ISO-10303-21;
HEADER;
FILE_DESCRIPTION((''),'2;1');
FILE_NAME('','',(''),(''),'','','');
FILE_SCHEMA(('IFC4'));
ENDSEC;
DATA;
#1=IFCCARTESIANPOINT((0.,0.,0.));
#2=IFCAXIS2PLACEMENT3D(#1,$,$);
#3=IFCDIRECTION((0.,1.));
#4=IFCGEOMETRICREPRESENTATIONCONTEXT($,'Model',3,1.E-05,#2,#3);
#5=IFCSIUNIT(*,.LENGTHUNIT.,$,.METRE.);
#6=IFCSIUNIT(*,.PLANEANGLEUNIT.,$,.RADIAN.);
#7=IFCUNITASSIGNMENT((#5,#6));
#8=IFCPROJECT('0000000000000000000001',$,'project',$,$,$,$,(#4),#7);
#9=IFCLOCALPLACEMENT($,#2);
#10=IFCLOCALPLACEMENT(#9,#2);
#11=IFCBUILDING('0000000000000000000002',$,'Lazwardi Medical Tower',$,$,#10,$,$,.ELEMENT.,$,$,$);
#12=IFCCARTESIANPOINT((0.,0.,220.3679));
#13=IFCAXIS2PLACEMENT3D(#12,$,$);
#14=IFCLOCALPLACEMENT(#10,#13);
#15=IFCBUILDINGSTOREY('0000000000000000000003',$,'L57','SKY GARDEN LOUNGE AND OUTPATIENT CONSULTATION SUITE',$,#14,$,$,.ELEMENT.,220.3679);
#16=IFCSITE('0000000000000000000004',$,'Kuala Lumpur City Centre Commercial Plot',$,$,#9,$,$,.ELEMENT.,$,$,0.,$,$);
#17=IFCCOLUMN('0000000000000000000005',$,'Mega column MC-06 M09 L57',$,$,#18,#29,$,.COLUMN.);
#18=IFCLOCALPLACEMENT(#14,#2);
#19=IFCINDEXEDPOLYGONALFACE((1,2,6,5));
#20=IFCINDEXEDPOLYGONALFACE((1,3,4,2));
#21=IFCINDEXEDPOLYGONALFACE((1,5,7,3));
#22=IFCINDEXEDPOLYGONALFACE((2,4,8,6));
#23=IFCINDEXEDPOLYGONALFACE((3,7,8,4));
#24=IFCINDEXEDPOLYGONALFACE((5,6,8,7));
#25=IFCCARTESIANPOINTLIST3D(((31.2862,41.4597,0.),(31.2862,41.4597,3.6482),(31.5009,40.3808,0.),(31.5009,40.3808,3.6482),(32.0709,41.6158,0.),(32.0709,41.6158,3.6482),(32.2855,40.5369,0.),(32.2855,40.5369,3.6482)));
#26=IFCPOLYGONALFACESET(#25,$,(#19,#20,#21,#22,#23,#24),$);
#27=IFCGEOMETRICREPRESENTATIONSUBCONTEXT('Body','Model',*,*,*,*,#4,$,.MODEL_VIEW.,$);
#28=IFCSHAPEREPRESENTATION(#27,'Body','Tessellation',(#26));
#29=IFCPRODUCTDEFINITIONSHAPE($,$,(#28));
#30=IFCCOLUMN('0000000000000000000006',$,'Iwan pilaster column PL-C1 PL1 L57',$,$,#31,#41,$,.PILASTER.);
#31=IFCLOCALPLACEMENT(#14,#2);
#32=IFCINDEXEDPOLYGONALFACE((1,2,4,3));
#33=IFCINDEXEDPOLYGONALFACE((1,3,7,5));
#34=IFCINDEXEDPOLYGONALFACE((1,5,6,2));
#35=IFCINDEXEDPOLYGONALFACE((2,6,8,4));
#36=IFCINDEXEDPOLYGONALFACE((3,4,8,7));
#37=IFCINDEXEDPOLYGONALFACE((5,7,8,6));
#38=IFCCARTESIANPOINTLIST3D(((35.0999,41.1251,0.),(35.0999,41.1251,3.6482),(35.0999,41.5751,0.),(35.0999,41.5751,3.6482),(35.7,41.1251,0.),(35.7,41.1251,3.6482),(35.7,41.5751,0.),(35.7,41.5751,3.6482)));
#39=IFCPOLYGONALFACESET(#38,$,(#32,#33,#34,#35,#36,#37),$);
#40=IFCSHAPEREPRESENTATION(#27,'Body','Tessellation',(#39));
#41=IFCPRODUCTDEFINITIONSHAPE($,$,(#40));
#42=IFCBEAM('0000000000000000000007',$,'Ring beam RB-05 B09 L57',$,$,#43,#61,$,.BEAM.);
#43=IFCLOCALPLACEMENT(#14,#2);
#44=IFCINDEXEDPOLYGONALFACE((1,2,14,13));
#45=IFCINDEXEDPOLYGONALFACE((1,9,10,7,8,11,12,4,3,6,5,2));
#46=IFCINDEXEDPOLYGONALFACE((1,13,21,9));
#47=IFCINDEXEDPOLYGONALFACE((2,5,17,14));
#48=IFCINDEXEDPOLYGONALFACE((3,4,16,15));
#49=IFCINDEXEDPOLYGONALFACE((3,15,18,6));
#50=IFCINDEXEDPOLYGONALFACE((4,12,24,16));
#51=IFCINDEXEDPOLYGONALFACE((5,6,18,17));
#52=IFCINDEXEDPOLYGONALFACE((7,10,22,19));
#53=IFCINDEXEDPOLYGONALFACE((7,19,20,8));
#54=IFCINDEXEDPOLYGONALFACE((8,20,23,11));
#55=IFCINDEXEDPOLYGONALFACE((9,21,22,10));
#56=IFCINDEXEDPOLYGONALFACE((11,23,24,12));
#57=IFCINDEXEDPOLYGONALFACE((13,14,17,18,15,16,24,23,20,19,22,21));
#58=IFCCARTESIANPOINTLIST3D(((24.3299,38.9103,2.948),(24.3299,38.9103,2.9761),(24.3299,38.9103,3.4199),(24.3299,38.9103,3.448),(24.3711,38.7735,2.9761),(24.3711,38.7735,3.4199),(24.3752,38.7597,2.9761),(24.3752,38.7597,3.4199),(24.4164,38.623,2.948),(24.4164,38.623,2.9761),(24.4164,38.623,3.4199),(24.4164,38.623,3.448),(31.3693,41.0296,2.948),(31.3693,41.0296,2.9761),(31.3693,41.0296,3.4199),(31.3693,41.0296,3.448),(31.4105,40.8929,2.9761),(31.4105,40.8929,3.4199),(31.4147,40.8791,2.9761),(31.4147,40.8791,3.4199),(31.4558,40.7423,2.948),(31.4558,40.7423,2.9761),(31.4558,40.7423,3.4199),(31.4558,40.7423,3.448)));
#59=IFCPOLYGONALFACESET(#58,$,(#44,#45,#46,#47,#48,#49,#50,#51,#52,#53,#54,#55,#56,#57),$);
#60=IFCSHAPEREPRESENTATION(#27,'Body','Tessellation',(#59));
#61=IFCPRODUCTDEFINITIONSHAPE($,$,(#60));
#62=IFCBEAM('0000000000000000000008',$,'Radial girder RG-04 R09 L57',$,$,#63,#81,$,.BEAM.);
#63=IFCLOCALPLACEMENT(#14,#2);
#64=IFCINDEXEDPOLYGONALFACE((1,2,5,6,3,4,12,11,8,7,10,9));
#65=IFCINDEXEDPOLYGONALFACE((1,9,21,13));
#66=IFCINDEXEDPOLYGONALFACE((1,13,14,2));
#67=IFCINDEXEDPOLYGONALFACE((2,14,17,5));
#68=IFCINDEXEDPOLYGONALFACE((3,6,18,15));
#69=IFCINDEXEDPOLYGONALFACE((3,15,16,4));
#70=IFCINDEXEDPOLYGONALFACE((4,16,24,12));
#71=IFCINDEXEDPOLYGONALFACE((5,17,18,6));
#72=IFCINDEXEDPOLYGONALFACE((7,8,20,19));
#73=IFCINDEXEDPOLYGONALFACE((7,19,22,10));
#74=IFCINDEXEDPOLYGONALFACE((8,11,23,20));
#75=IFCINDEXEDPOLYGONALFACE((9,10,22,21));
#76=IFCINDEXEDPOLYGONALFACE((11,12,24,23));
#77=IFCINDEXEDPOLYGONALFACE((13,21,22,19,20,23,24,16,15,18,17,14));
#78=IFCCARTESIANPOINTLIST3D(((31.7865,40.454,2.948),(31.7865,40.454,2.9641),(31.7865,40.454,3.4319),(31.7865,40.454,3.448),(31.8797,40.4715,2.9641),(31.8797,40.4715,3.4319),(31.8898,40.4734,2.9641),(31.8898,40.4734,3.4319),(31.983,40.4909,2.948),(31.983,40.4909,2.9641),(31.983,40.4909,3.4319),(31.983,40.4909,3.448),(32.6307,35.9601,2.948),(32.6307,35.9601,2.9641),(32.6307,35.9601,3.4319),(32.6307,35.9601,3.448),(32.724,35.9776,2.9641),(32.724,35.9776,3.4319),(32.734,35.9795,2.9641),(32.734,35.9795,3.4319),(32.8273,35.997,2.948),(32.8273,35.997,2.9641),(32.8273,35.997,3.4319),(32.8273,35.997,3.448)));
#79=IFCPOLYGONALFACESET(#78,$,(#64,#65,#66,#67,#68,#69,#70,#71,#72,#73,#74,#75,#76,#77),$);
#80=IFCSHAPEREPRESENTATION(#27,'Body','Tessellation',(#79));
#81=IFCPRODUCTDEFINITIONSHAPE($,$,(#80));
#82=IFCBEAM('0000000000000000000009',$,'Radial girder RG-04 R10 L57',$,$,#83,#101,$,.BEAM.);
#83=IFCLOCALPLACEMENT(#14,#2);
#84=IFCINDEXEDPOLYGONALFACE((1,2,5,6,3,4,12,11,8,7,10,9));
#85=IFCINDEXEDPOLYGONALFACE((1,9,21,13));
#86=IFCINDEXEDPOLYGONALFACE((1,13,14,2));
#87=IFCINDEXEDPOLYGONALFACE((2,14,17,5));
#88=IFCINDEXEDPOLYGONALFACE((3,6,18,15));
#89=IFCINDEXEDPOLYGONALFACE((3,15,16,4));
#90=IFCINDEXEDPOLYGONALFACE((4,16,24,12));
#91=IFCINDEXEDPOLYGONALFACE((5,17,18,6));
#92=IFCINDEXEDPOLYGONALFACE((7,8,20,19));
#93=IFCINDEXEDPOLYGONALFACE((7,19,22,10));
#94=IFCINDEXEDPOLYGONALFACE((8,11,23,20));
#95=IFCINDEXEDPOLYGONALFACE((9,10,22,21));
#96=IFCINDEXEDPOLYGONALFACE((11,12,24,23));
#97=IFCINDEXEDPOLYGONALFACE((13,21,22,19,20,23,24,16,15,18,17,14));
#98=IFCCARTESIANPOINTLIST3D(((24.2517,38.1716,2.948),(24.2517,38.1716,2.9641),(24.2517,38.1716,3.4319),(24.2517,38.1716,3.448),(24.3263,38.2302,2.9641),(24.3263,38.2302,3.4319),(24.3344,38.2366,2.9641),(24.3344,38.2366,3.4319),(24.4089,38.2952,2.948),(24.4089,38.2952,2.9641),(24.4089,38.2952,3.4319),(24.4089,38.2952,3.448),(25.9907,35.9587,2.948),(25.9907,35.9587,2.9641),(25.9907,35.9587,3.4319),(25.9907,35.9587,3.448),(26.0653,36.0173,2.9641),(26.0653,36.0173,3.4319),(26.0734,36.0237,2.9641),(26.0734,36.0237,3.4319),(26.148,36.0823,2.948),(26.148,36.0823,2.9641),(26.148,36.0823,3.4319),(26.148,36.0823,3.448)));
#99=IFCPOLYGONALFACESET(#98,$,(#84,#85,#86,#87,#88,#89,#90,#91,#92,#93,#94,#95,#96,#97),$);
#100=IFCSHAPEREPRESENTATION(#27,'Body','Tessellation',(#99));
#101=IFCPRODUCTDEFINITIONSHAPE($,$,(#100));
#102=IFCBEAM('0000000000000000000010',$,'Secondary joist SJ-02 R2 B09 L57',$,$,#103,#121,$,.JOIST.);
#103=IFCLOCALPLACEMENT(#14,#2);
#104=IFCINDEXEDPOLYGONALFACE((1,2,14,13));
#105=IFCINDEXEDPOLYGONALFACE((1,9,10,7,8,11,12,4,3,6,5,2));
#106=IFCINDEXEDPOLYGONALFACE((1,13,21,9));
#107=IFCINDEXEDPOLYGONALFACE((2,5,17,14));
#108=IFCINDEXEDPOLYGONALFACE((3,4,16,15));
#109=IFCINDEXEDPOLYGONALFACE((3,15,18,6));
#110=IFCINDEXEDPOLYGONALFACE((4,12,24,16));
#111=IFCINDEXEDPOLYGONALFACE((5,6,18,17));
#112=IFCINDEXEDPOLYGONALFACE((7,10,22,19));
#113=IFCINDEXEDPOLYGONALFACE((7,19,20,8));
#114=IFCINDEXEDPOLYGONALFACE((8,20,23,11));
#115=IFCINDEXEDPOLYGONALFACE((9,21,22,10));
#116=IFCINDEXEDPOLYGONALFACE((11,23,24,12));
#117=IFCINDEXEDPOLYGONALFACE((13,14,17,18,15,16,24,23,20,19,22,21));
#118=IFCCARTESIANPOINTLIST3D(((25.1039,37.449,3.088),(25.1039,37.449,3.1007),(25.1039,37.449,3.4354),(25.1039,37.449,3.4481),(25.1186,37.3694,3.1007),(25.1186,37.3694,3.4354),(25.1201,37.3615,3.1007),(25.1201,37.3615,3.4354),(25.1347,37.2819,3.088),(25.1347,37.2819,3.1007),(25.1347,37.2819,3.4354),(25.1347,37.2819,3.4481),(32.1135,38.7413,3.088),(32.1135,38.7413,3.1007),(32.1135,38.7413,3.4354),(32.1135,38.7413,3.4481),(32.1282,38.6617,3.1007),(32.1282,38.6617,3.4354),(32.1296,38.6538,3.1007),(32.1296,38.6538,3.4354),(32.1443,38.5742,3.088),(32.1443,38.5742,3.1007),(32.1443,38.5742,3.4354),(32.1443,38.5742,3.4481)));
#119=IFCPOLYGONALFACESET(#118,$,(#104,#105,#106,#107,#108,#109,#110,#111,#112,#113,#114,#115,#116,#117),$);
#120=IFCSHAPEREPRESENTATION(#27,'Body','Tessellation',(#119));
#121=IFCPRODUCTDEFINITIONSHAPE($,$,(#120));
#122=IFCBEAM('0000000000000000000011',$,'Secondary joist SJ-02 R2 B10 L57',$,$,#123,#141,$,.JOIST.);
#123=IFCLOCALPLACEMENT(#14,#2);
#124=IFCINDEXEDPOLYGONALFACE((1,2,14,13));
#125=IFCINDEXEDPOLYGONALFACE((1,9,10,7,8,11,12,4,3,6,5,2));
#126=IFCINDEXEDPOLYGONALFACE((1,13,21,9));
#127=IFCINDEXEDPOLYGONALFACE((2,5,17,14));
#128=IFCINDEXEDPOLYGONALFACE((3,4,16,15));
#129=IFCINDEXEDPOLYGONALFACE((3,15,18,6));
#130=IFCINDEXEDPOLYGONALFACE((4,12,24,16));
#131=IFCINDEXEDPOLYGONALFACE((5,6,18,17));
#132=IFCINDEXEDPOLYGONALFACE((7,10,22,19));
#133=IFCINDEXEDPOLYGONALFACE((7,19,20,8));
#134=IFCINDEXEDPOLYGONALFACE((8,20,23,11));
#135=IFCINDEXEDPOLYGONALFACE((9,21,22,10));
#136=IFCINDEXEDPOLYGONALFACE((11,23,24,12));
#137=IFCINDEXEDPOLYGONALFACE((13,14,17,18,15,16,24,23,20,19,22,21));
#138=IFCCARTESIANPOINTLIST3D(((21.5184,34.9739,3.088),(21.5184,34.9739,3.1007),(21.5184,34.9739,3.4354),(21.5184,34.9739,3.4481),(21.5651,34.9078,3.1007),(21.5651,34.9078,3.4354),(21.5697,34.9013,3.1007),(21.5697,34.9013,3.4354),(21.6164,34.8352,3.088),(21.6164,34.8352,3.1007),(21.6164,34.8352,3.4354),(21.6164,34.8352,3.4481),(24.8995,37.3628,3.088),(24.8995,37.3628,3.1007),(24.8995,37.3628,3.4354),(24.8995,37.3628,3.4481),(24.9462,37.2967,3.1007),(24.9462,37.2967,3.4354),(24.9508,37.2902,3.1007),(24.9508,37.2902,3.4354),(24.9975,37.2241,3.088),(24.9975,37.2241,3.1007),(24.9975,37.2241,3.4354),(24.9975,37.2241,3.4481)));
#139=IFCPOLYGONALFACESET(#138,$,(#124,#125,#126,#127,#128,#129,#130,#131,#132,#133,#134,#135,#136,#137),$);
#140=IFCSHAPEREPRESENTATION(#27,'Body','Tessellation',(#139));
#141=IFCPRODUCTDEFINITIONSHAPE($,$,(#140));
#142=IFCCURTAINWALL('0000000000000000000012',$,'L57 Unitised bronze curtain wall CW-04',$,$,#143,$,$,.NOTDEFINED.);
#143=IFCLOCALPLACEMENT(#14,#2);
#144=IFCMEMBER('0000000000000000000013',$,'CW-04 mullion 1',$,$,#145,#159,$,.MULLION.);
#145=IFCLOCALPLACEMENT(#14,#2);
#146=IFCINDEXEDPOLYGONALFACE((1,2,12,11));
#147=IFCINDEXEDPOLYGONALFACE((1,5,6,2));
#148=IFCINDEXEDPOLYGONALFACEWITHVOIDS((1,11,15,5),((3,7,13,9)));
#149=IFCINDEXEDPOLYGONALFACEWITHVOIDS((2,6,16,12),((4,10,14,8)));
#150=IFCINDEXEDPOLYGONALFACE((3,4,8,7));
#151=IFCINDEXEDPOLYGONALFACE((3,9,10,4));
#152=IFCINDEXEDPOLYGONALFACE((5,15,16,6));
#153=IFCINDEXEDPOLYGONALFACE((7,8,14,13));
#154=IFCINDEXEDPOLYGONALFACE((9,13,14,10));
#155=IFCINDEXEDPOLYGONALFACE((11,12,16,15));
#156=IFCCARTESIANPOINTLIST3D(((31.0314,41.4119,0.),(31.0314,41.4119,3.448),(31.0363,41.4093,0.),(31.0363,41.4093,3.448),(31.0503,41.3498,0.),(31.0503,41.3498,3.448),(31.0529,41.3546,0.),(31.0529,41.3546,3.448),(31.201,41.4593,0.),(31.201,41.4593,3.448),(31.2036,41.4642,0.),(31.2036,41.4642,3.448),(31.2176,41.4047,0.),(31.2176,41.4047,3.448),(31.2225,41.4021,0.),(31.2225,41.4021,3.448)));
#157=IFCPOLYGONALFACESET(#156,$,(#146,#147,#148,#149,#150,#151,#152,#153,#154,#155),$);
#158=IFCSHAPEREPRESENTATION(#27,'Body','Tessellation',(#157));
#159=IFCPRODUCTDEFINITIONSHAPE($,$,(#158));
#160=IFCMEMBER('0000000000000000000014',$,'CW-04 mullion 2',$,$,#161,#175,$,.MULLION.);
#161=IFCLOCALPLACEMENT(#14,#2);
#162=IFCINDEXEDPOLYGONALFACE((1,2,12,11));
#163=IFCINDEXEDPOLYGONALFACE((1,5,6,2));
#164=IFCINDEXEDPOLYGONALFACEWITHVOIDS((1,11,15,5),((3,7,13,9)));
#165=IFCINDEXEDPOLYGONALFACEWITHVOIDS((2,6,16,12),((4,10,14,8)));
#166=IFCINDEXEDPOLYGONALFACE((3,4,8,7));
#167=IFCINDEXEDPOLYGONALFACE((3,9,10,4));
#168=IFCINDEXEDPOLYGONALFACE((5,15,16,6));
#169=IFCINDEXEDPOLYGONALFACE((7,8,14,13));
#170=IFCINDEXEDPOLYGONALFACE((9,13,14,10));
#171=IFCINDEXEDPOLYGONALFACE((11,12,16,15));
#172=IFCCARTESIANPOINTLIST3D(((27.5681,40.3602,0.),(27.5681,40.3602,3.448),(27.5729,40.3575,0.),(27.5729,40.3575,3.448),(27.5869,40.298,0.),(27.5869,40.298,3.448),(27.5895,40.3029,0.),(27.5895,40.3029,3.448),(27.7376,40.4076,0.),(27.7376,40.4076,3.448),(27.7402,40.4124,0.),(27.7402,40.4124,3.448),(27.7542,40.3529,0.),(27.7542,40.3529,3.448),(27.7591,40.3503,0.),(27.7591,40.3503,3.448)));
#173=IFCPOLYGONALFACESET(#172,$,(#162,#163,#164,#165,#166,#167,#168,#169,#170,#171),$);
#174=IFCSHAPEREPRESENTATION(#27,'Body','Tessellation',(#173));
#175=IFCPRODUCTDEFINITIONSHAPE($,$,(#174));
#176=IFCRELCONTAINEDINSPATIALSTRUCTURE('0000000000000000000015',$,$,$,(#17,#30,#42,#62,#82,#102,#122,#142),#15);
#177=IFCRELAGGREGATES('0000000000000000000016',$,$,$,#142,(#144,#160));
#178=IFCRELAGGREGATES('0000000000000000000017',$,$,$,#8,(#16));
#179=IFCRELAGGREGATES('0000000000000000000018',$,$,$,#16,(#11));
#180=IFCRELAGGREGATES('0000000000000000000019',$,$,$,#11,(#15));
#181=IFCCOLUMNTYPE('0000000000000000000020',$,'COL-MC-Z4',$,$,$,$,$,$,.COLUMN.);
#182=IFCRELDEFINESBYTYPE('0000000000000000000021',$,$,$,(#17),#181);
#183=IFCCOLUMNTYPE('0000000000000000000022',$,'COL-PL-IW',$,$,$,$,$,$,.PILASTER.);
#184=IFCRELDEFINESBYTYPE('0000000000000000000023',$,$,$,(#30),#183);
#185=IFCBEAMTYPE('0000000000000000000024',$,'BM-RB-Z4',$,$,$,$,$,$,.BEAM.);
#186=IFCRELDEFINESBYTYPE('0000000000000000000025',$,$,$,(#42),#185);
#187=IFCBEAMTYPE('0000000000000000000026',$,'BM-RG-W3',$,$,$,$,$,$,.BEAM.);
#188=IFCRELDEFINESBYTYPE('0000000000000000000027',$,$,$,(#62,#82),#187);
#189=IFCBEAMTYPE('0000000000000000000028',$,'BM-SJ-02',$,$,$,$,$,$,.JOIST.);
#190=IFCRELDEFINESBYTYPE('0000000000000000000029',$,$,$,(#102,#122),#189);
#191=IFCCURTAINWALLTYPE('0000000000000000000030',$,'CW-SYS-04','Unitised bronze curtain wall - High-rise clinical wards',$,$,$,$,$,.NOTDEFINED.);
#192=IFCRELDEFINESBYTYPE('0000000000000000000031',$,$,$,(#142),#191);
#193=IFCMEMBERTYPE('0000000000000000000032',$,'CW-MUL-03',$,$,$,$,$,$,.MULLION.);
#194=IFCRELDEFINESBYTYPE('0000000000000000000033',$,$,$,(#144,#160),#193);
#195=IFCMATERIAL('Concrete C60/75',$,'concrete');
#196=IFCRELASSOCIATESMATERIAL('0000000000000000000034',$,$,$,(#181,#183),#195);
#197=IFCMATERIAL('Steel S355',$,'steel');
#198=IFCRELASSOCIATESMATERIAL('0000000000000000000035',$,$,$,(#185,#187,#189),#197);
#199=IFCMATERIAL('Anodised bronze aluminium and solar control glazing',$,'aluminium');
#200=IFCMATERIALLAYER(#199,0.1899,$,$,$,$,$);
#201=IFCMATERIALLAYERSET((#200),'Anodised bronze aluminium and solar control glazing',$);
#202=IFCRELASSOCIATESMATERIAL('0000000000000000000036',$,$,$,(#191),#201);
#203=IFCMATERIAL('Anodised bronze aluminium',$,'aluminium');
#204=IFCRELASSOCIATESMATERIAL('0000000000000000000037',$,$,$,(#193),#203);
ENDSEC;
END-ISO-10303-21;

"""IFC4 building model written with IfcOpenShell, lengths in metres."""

from ifc_helpers import new_model, si_unit, direction, frame, origin, origin_2d, place, context, subcontext, project, spatial, rectangle, hollow_rectangle, i_section, extrude, material, layer, layer_set, material_profile, profile_set, type_object, element, aggregate, save


model = new_model("IFC4")

# Units and contexts
model_context = context("Model", 3, precision=1e-05, world=origin(), true_north=direction((0.0, 1.0)))
body_context = subcontext(model_context, "Body", "Model", "MODEL_VIEW")
ifc_project = project(units=[si_unit("LENGTHUNIT", "METRE"), si_unit("PLANEANGLEUNIT", "RADIAN")], contexts=[model_context])

# Site, building, storey
site_placement = place(None, origin())
site = spatial("IfcSite", under=ifc_project, at=site_placement, Name="Kuala Lumpur City Centre Commercial Plot", CompositionType="ELEMENT", RefElevation=0.0)
building_placement = place(site_placement, origin())
building = spatial("IfcBuilding", under=site, at=building_placement, Name="Lazwardi Medical Tower", CompositionType="ELEMENT")
storey_placement = place(building_placement, frame((0.0, 0.0, 220.3679)))
storey = spatial("IfcBuildingStorey", under=building, at=storey_placement, Name="L57", Description="SKY GARDEN LOUNGE AND OUTPATIENT CONSULTATION SUITE", CompositionType="ELEMENT", Elevation=220.3679)

# Columns
ifc_material_1 = material(Name="Concrete C60/75", Category="concrete")
ifc_material_profile_1 = material_profile(ifc_material_1, rectangle(XDim=1.1001, YDim=0.8, at=origin_2d()), Name="CFT-RECT 1100x800")
ifc_profile_set_1 = profile_set([ifc_material_profile_1], Name="Concrete C60/75")
column_type_1 = type_object("IfcColumnType", Name="COL-MC-Z4", PredefinedType="COLUMN", material=ifc_profile_set_1)
column_1_placement = place(storey_placement, frame((31.7859, 40.9983, 0.0), z_axis=(0.0, 0.0, 1.0), x_axis=(-0.19509, 0.980785, 0.0)))
element("IfcColumn", 1, at=column_1_placement, inside=storey, type_object=column_type_1, Name="Mega column MC-06 M09 L57", PredefinedType="COLUMN", context=body_context, shape_type="SweptSolid", body=[
    extrude(rectangle(XDim=1.1001, YDim=0.8, at=origin_2d()), origin(), (0.0, 0.0, 1.0), 3.6482),
])
ifc_material_profile_2 = material_profile(ifc_material_1, rectangle(XDim=0.6001, YDim=0.45, at=origin_2d()), Name="RC 600x450")
ifc_profile_set_2 = profile_set([ifc_material_profile_2], Name="Concrete C60/75")
column_type_2 = type_object("IfcColumnType", Name="COL-PL-IW", PredefinedType="PILASTER", material=ifc_profile_set_2)
column_2_placement = place(storey_placement, frame((35.3999, 41.3501, 0.0), z_axis=(0.0, 0.0, 1.0), x_axis=(1.0, 0.0, 0.0)))
element("IfcColumn", 2, at=column_2_placement, inside=storey, type_object=column_type_2, Name="Iwan pilaster column PL-C1 PL1 L57", PredefinedType="PILASTER", context=body_context, shape_type="SweptSolid", body=[
    extrude(rectangle(XDim=0.6001, YDim=0.45, at=origin_2d()), origin(), (0.0, 0.0, 1.0), 3.6482),
])

# Beams
ifc_material_2 = material(Name="Steel S355", Category="steel")
ifc_material_profile_3 = material_profile(ifc_material_2, i_section(OverallWidth=0.3, OverallDepth=0.5, WebThickness=0.0144, FlangeThickness=0.0281, at=origin_2d()), Name="HEB 500")
ifc_profile_set_3 = profile_set([ifc_material_profile_3], Name="Steel S355")
beam_type_1 = type_object("IfcBeamType", Name="BM-RB-Z4", PredefinedType="BEAM", material=ifc_profile_set_3)
beam_1_placement = place(storey_placement, frame((31.4126, 40.886, 3.198), z_axis=(-0.957544, -0.288286, 0.0), x_axis=(0.288286, -0.957544, 0.0)))
element("IfcBeam", 3, at=beam_1_placement, inside=storey, type_object=beam_type_1, Name="Ring beam RB-05 B09 L57", PredefinedType="BEAM", context=body_context, shape_type="SweptSolid", body=[
    extrude(i_section(OverallWidth=0.3, OverallDepth=0.5, WebThickness=0.0144, FlangeThickness=0.0281, at=origin_2d()), origin(), (0.0, 0.0, 1.0), 7.3516),
])
ifc_material_profile_4 = material_profile(ifc_material_2, i_section(OverallWidth=0.2, OverallDepth=0.5, WebThickness=0.0103, FlangeThickness=0.0161, at=origin_2d()), Name="IPE 500")
ifc_profile_set_4 = profile_set([ifc_material_profile_4], Name="Steel S355")
beam_type_2 = type_object("IfcBeamType", Name="BM-RG-W3", PredefinedType="BEAM", material=ifc_profile_set_4)
beam_2_placement = place(storey_placement, frame((31.8848, 40.4724, 3.198), z_axis=(0.184633, -0.982807, 0.0), x_axis=(0.982807, 0.184633, 0.0)))
element("IfcBeam", 4, at=beam_2_placement, inside=storey, type_object=beam_type_2, Name="Radial girder RG-04 R09 L57", PredefinedType="BEAM", context=body_context, shape_type="SweptSolid", body=[
    extrude(i_section(OverallWidth=0.2, OverallDepth=0.5, WebThickness=0.0103, FlangeThickness=0.0161, at=origin_2d()), origin(), (0.0, 0.0, 1.0), 4.5725),
])
beam_3_placement = place(storey_placement, frame((24.3303, 38.2334, 3.198), z_axis=(0.617891, -0.786264, 0.0), x_axis=(0.786264, 0.617891, 0.0)))
element("IfcBeam", 5, at=beam_3_placement, inside=storey, type_object=beam_type_2, Name="Radial girder RG-04 R10 L57", PredefinedType="BEAM", context=body_context, shape_type="SweptSolid", body=[
    extrude(i_section(OverallWidth=0.2, OverallDepth=0.5, WebThickness=0.0103, FlangeThickness=0.0161, at=origin_2d()), origin(), (0.0, 0.0, 1.0), 2.8145),
])
ifc_material_profile_5 = material_profile(ifc_material_2, i_section(OverallWidth=0.1699, OverallDepth=0.3601, WebThickness=0.0081, FlangeThickness=0.0127, at=origin_2d()), Name="IPE 360")
ifc_profile_set_5 = profile_set([ifc_material_profile_5], Name="Steel S355")
beam_type_3 = type_object("IfcBeamType", Name="BM-SJ-02", PredefinedType="JOIST", material=ifc_profile_set_5)
beam_4_placement = place(storey_placement, frame((32.1289, 38.6577, 3.2681), z_axis=(-0.983428, -0.181299, 0.0), x_axis=(0.181299, -0.983428, 0.0)))
element("IfcBeam", 6, at=beam_4_placement, inside=storey, type_object=beam_type_3, Name="Secondary joist SJ-02 R2 B09 L57", PredefinedType="JOIST", context=body_context, shape_type="SweptSolid", body=[
    extrude(i_section(OverallWidth=0.1699, OverallDepth=0.3601, WebThickness=0.0081, FlangeThickness=0.0127, at=origin_2d()), origin(), (0.0, 0.0, 1.0), 7.1277),
])
beam_5_placement = place(storey_placement, frame((24.9485, 37.2935, 3.2681), z_axis=(-0.816711, -0.577047, 0.0), x_axis=(0.577047, -0.816711, 0.0)))
element("IfcBeam", 7, at=beam_5_placement, inside=storey, type_object=beam_type_3, Name="Secondary joist SJ-02 R2 B10 L57", PredefinedType="JOIST", context=body_context, shape_type="SweptSolid", body=[
    extrude(i_section(OverallWidth=0.1699, OverallDepth=0.3601, WebThickness=0.0081, FlangeThickness=0.0127, at=origin_2d()), origin(), (0.0, 0.0, 1.0), 4.1399),
])

# Curtain wall, members
ifc_material_3 = material(Name="Anodised bronze aluminium and solar control glazing", Category="aluminium")
ifc_layer_1 = layer(ifc_material_3, 0.1899)
ifc_layer_set_1 = layer_set([ifc_layer_1], Name="Anodised bronze aluminium and solar control glazing")
curtain_wall_type = type_object("IfcCurtainWallType", Name="CW-SYS-04", Description="Unitised bronze curtain wall - High-rise clinical wards", PredefinedType="NOTDEFINED", material=ifc_layer_set_1)
curtain_wall_placement = place(storey_placement, origin())
curtain_wall = element("IfcCurtainWall", 8, at=curtain_wall_placement, inside=storey, type_object=curtain_wall_type, Name="L57 Unitised bronze curtain wall CW-04", PredefinedType="NOTDEFINED")
ifc_material_4 = material(Name="Anodised bronze aluminium", Category="aluminium")
ifc_material_profile_6 = material_profile(ifc_material_4, hollow_rectangle(XDim=0.0649, YDim=0.1799, WallThickness=0.0039, at=origin_2d()), Name="ALU-MULLION 180x65x4")
ifc_profile_set_6 = profile_set([ifc_material_profile_6], Name="Anodised bronze aluminium")
member_type_1 = type_object("IfcMemberType", Name="CW-MUL-03", PredefinedType="MULLION", material=ifc_profile_set_6)
member_1_placement = place(storey_placement, frame((31.127, 41.407, 0.0), z_axis=(0.0, 0.0, 1.0), x_axis=(0.290582, -0.95685, 0.0)))
member_1 = element("IfcMember", 9, at=member_1_placement, type_object=member_type_1, Name="CW-04 mullion 1", PredefinedType="MULLION", context=body_context, shape_type="SweptSolid", body=[
    extrude(hollow_rectangle(XDim=0.0649, YDim=0.1799, WallThickness=0.0039, at=origin_2d()), origin(), (0.0, 0.0, 1.0), 3.448),
])
member_2_placement = place(storey_placement, frame((27.6636, 40.3552, 0.0), z_axis=(0.0, 0.0, 1.0), x_axis=(0.290582, -0.95685, 0.0)))
member_2 = element("IfcMember", 10, at=member_2_placement, type_object=member_type_1, Name="CW-04 mullion 2", PredefinedType="MULLION", context=body_context, shape_type="SweptSolid", body=[
    extrude(hollow_rectangle(XDim=0.0649, YDim=0.1799, WallThickness=0.0039, at=origin_2d()), origin(), (0.0, 0.0, 1.0), 3.448),
])
aggregate(curtain_wall, [member_1, member_2])

save(model, "model.ifc")
